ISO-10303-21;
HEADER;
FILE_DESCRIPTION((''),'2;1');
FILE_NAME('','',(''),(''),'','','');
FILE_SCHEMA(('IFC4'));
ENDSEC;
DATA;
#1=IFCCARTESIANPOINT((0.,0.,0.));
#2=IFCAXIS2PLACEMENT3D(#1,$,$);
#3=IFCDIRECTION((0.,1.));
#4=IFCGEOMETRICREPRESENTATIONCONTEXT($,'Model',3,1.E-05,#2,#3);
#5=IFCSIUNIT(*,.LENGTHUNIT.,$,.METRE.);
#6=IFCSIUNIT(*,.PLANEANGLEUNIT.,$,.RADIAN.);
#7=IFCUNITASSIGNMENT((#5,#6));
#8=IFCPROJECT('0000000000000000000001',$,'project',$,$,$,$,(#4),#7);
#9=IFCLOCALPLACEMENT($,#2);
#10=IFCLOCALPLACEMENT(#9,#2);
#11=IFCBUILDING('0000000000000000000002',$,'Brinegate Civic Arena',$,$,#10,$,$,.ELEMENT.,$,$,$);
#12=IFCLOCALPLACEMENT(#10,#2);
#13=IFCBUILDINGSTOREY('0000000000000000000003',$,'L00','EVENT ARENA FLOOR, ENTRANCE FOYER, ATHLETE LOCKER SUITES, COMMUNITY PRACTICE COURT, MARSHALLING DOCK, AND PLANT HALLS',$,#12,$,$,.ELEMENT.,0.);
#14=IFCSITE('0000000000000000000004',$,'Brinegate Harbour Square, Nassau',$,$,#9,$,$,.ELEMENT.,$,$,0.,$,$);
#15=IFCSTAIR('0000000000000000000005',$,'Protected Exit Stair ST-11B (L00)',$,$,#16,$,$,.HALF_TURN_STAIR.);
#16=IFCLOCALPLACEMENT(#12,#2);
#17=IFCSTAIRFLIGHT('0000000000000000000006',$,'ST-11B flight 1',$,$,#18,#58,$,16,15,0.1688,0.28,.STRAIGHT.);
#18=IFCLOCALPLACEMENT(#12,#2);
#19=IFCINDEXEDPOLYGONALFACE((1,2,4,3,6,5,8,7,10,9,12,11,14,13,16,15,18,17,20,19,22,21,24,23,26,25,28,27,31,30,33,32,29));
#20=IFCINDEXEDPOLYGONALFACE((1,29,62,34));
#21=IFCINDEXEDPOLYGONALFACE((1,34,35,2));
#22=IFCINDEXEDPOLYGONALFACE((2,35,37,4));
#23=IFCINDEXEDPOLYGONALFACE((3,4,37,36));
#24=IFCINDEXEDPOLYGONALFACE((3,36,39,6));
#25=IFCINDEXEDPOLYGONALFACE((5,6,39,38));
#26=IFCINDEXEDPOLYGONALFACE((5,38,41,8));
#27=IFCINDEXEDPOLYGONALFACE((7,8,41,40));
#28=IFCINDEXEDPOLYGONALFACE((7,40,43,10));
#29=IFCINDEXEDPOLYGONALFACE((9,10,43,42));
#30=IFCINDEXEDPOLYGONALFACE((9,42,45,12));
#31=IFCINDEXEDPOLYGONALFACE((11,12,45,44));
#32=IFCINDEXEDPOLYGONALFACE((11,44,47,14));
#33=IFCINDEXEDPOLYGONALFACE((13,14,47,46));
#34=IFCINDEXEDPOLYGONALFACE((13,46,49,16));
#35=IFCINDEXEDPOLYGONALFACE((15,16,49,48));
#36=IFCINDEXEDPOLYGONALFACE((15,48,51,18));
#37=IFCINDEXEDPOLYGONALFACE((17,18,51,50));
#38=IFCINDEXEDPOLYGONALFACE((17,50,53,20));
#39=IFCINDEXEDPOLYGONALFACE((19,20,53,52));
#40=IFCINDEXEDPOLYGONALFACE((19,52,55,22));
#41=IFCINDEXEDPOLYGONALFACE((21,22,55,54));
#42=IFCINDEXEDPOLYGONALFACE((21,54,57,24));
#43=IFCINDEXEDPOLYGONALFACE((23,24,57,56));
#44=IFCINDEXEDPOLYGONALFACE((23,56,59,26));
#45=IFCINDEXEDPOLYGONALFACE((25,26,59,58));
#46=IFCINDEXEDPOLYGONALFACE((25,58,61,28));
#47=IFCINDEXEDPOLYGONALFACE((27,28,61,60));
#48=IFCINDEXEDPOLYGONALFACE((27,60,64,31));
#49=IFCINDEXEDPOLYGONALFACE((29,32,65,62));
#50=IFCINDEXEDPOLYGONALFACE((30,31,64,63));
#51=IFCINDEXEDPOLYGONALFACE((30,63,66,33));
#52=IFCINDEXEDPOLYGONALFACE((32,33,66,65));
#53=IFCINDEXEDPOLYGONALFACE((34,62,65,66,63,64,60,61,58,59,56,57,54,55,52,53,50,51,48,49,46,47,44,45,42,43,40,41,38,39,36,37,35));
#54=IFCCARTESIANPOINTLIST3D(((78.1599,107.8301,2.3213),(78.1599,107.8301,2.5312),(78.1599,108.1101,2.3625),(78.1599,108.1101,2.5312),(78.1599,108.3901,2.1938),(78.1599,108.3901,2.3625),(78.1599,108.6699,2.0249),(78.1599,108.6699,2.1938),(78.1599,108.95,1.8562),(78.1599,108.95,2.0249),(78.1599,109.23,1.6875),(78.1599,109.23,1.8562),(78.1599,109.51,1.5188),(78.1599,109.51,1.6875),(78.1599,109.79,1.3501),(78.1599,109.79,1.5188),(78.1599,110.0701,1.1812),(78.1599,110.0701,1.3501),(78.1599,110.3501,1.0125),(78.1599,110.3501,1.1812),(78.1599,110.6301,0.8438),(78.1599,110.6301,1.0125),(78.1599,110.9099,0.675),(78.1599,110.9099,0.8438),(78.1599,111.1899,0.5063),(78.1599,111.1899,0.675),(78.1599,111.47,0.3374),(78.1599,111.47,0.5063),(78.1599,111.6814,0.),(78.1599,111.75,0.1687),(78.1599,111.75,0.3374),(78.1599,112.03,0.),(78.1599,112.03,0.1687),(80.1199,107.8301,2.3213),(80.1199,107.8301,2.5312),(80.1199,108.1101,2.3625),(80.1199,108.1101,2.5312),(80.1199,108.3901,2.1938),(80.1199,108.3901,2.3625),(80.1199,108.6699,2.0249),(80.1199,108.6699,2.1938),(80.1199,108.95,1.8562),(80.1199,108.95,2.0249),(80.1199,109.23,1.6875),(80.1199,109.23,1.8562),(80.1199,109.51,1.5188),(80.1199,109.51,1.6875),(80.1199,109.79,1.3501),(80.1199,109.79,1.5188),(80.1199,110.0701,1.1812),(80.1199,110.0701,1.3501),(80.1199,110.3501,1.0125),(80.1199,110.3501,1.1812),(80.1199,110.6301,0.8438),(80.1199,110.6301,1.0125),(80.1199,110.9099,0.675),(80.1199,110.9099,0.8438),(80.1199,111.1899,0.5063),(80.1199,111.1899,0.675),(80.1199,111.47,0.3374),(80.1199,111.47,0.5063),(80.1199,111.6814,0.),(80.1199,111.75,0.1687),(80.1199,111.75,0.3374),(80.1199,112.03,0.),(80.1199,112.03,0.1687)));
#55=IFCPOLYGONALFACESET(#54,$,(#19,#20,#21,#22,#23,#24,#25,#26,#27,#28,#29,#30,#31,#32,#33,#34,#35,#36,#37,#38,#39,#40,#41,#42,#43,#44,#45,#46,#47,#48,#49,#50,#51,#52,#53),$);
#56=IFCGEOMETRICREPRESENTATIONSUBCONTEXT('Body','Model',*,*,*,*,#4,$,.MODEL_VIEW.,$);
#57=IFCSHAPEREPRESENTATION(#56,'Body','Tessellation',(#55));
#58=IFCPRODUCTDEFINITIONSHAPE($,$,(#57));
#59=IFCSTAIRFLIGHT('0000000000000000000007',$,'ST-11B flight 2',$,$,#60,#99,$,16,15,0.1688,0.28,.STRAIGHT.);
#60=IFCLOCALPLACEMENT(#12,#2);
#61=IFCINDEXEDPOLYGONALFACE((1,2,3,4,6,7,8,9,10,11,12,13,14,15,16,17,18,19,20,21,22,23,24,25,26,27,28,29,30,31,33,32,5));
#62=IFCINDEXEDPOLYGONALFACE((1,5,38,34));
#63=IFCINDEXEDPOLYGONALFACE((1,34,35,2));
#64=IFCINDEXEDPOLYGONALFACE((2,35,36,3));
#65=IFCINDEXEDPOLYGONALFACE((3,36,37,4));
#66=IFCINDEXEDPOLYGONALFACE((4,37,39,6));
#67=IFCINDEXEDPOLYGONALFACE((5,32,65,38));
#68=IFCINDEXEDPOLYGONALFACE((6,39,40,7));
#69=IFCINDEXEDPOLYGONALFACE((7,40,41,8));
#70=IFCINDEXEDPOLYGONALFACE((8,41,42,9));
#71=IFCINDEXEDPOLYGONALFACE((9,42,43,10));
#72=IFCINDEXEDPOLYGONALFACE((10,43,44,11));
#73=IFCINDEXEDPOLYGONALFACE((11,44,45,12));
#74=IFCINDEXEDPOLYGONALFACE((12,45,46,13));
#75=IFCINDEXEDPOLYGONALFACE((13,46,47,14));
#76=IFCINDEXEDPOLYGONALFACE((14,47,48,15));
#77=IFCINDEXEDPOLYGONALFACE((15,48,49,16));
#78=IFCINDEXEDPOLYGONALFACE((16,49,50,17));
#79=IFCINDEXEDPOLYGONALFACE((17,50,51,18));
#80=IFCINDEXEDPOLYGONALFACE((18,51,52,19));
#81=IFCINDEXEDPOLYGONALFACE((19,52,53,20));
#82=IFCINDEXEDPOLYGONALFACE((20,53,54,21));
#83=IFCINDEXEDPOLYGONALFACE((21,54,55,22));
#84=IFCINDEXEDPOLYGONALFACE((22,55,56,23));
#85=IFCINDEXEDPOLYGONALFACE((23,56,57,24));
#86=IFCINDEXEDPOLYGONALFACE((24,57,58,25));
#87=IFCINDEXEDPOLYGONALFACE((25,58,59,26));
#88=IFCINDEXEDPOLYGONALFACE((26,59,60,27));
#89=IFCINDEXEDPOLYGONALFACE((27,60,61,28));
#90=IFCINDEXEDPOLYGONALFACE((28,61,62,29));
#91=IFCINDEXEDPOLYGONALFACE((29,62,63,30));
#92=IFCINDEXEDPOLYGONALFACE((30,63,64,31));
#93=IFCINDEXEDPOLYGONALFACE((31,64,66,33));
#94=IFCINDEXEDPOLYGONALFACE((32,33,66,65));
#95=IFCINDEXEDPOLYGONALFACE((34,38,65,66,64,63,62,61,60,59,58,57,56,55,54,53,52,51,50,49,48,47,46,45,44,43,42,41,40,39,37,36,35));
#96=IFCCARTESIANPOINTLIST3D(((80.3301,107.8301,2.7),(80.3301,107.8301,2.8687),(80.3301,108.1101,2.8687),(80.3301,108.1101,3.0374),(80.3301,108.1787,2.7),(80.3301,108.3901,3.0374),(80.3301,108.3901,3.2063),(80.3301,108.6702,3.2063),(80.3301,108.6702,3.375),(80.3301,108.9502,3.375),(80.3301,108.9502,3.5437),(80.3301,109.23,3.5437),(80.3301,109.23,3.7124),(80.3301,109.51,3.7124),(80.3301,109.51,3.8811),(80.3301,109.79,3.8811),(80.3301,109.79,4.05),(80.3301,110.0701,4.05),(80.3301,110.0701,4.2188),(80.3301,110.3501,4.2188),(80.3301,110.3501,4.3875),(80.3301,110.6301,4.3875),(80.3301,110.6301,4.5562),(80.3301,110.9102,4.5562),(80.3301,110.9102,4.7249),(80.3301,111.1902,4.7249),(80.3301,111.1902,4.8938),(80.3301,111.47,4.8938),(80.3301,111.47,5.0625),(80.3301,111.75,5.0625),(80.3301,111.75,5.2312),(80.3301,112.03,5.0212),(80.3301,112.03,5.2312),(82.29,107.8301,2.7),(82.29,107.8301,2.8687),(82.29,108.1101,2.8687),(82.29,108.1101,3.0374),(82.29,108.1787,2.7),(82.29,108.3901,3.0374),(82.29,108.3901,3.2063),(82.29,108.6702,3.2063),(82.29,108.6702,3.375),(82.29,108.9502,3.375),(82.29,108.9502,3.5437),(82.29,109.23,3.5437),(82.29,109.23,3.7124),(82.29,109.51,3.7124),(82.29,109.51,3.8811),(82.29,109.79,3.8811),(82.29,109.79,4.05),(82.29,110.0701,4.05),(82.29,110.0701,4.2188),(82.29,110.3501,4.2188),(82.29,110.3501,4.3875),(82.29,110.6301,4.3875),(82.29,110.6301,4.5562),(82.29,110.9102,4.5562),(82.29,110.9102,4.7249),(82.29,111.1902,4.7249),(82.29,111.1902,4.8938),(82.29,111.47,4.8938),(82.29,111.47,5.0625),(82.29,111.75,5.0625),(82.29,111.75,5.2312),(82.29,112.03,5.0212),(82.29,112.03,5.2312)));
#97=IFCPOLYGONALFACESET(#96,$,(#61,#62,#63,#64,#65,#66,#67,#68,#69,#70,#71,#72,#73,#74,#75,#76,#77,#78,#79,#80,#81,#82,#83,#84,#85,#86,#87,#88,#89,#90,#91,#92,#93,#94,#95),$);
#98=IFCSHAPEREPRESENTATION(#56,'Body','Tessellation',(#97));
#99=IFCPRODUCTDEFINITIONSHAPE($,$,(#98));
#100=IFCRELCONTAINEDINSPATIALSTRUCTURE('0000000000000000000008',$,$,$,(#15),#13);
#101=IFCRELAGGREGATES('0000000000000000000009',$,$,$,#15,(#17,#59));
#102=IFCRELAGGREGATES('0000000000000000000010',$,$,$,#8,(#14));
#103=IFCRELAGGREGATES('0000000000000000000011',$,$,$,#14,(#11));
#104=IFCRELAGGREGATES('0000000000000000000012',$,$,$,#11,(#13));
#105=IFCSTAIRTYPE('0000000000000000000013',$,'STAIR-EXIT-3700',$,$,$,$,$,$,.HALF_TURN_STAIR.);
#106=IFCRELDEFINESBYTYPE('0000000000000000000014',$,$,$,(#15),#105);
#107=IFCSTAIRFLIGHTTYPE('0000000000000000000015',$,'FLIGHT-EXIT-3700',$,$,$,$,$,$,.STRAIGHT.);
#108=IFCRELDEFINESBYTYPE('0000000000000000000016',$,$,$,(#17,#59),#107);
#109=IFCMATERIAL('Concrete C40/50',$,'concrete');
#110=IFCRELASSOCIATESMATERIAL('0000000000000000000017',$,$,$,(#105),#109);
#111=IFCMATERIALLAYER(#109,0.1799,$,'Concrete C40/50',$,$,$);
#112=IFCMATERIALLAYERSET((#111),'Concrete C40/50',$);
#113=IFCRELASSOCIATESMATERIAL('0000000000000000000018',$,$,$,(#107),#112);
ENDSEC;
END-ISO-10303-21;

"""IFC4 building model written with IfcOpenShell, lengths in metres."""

from ifc_helpers import new_model, si_unit, direction, frame, origin, place, context, subcontext, project, spatial, polyline, outline, extrude, material, layer, layer_set, type_object, element, aggregate, save


model = new_model("IFC4")

# Units and contexts
model_context = context("Model", 3, precision=1e-05, world=origin(), true_north=direction((0.0, 1.0)))
body_context = subcontext(model_context, "Body", "Model", "MODEL_VIEW")
ifc_project = project(units=[si_unit("LENGTHUNIT", "METRE"), si_unit("PLANEANGLEUNIT", "RADIAN")], contexts=[model_context])

# Site, building, storey
site_placement = place(None, origin())
site = spatial("IfcSite", under=ifc_project, at=site_placement, Name="Brinegate Harbour Square, Nassau", CompositionType="ELEMENT", RefElevation=0.0)
building_placement = place(site_placement, origin())
building = spatial("IfcBuilding", under=site, at=building_placement, Name="Brinegate Civic Arena", CompositionType="ELEMENT")
storey_placement = place(building_placement, origin())
storey = spatial("IfcBuildingStorey", under=building, at=storey_placement, Name="L00", Description="EVENT ARENA FLOOR, ENTRANCE FOYER, ATHLETE LOCKER SUITES, COMMUNITY PRACTICE COURT, MARSHALLING DOCK, AND PLANT HALLS", CompositionType="ELEMENT", Elevation=0.0)

# Shared definitions
ifc_material_1 = material(Name="Concrete C40/50", Category="concrete")

# Stair, stair flights
stair_type = type_object("IfcStairType", Name="STAIR-EXIT-3700", PredefinedType="HALF_TURN_STAIR", material=ifc_material_1)
stair_placement = place(storey_placement, origin())
stair = element("IfcStair", 1, at=stair_placement, inside=storey, type_object=stair_type, Name="Protected Exit Stair ST-11B (L00)", PredefinedType="HALF_TURN_STAIR")
ifc_layer_1 = layer(ifc_material_1, 0.1799, Name="Concrete C40/50")
ifc_layer_set_1 = layer_set([ifc_layer_1], Name="Concrete C40/50")
stair_flight_type = type_object("IfcStairFlightType", Name="FLIGHT-EXIT-3700", PredefinedType="STRAIGHT", material=ifc_layer_set_1)
stair_flight_1_placement = place(storey_placement, frame((79.1399, 112.03, 0.0), z_axis=(0.0, 0.0, 1.0), x_axis=(0.0, -1.0, 0.0)))
stair_flight_1 = element("IfcStairFlight", 2, at=stair_flight_1_placement, type_object=stair_flight_type, Name="ST-11B flight 1", NumberOfRisers=16, NumberOfTreads=15, PredefinedType="STRAIGHT", RiserHeight=0.1688, TreadLength=0.28, context=body_context, shape_type="SweptSolid", body=[
    extrude(outline(polyline([(0.0, 0.0), (0.0, 0.1687), (0.28, 0.1687), (0.28, 0.3374), (0.5601, 0.3374), (0.5601, 0.5063), (0.8401, 0.5063), (0.8401, 0.675), (1.1201, 0.675), (1.1201, 0.8438), (1.3999, 0.8438), (1.3999, 1.0125), (1.6799, 1.0125), (1.6799, 1.1812), (1.96, 1.1812), (1.96, 1.3501), (2.24, 1.3501), (2.24, 1.5188), (2.52, 1.5188), (2.52, 1.6875), (2.8, 1.6875), (2.8, 1.8562), (3.0801, 1.8562), (3.0801, 2.0249), (3.3601, 2.0249), (3.3601, 2.1938), (3.6399, 2.1938), (3.6399, 2.3625), (3.9199, 2.3625), (3.9199, 2.5312), (4.2, 2.5312), (4.2, 2.7), (4.2, 2.3213), (0.3486, 0.0), (0.0, 0.0)])), frame((0.0, 0.98, 0.0), z_axis=(0.0, -1.0, 0.0), x_axis=(1.0, 0.0, 0.0)), (0.0, 0.0, 1.0), 1.96),
])
stair_flight_2_placement = place(storey_placement, frame((81.3101, 107.8301, 2.7), z_axis=(0.0, 0.0, 1.0), x_axis=(0.0, 1.0, 0.0)))
stair_flight_2 = element("IfcStairFlight", 3, at=stair_flight_2_placement, type_object=stair_flight_type, Name="ST-11B flight 2", NumberOfRisers=16, NumberOfTreads=15, PredefinedType="STRAIGHT", RiserHeight=0.1688, TreadLength=0.28, context=body_context, shape_type="SweptSolid", body=[
    extrude(outline(polyline([(0.0, 0.0), (0.0, 0.1687), (0.28, 0.1687), (0.28, 0.3374), (0.5601, 0.3374), (0.5601, 0.5063), (0.8401, 0.5063), (0.8401, 0.675), (1.1201, 0.675), (1.1201, 0.8438), (1.3999, 0.8438), (1.3999, 1.0125), (1.6799, 1.0125), (1.6799, 1.1812), (1.96, 1.1812), (1.96, 1.3501), (2.24, 1.3501), (2.24, 1.5188), (2.52, 1.5188), (2.52, 1.6875), (2.8, 1.6875), (2.8, 1.8562), (3.0801, 1.8562), (3.0801, 2.0249), (3.3601, 2.0249), (3.3601, 2.1938), (3.6399, 2.1938), (3.6399, 2.3625), (3.9199, 2.3625), (3.9199, 2.5312), (4.2, 2.5312), (4.2, 2.7), (4.2, 2.3213), (0.3486, 0.0), (0.0, 0.0)])), frame((0.0, 0.98, 0.0), z_axis=(0.0, -1.0, 0.0), x_axis=(1.0, 0.0, 0.0)), (0.0, 0.0, 1.0), 1.96),
])
aggregate(stair, [stair_flight_1, stair_flight_2])

save(model, "model.ifc")
